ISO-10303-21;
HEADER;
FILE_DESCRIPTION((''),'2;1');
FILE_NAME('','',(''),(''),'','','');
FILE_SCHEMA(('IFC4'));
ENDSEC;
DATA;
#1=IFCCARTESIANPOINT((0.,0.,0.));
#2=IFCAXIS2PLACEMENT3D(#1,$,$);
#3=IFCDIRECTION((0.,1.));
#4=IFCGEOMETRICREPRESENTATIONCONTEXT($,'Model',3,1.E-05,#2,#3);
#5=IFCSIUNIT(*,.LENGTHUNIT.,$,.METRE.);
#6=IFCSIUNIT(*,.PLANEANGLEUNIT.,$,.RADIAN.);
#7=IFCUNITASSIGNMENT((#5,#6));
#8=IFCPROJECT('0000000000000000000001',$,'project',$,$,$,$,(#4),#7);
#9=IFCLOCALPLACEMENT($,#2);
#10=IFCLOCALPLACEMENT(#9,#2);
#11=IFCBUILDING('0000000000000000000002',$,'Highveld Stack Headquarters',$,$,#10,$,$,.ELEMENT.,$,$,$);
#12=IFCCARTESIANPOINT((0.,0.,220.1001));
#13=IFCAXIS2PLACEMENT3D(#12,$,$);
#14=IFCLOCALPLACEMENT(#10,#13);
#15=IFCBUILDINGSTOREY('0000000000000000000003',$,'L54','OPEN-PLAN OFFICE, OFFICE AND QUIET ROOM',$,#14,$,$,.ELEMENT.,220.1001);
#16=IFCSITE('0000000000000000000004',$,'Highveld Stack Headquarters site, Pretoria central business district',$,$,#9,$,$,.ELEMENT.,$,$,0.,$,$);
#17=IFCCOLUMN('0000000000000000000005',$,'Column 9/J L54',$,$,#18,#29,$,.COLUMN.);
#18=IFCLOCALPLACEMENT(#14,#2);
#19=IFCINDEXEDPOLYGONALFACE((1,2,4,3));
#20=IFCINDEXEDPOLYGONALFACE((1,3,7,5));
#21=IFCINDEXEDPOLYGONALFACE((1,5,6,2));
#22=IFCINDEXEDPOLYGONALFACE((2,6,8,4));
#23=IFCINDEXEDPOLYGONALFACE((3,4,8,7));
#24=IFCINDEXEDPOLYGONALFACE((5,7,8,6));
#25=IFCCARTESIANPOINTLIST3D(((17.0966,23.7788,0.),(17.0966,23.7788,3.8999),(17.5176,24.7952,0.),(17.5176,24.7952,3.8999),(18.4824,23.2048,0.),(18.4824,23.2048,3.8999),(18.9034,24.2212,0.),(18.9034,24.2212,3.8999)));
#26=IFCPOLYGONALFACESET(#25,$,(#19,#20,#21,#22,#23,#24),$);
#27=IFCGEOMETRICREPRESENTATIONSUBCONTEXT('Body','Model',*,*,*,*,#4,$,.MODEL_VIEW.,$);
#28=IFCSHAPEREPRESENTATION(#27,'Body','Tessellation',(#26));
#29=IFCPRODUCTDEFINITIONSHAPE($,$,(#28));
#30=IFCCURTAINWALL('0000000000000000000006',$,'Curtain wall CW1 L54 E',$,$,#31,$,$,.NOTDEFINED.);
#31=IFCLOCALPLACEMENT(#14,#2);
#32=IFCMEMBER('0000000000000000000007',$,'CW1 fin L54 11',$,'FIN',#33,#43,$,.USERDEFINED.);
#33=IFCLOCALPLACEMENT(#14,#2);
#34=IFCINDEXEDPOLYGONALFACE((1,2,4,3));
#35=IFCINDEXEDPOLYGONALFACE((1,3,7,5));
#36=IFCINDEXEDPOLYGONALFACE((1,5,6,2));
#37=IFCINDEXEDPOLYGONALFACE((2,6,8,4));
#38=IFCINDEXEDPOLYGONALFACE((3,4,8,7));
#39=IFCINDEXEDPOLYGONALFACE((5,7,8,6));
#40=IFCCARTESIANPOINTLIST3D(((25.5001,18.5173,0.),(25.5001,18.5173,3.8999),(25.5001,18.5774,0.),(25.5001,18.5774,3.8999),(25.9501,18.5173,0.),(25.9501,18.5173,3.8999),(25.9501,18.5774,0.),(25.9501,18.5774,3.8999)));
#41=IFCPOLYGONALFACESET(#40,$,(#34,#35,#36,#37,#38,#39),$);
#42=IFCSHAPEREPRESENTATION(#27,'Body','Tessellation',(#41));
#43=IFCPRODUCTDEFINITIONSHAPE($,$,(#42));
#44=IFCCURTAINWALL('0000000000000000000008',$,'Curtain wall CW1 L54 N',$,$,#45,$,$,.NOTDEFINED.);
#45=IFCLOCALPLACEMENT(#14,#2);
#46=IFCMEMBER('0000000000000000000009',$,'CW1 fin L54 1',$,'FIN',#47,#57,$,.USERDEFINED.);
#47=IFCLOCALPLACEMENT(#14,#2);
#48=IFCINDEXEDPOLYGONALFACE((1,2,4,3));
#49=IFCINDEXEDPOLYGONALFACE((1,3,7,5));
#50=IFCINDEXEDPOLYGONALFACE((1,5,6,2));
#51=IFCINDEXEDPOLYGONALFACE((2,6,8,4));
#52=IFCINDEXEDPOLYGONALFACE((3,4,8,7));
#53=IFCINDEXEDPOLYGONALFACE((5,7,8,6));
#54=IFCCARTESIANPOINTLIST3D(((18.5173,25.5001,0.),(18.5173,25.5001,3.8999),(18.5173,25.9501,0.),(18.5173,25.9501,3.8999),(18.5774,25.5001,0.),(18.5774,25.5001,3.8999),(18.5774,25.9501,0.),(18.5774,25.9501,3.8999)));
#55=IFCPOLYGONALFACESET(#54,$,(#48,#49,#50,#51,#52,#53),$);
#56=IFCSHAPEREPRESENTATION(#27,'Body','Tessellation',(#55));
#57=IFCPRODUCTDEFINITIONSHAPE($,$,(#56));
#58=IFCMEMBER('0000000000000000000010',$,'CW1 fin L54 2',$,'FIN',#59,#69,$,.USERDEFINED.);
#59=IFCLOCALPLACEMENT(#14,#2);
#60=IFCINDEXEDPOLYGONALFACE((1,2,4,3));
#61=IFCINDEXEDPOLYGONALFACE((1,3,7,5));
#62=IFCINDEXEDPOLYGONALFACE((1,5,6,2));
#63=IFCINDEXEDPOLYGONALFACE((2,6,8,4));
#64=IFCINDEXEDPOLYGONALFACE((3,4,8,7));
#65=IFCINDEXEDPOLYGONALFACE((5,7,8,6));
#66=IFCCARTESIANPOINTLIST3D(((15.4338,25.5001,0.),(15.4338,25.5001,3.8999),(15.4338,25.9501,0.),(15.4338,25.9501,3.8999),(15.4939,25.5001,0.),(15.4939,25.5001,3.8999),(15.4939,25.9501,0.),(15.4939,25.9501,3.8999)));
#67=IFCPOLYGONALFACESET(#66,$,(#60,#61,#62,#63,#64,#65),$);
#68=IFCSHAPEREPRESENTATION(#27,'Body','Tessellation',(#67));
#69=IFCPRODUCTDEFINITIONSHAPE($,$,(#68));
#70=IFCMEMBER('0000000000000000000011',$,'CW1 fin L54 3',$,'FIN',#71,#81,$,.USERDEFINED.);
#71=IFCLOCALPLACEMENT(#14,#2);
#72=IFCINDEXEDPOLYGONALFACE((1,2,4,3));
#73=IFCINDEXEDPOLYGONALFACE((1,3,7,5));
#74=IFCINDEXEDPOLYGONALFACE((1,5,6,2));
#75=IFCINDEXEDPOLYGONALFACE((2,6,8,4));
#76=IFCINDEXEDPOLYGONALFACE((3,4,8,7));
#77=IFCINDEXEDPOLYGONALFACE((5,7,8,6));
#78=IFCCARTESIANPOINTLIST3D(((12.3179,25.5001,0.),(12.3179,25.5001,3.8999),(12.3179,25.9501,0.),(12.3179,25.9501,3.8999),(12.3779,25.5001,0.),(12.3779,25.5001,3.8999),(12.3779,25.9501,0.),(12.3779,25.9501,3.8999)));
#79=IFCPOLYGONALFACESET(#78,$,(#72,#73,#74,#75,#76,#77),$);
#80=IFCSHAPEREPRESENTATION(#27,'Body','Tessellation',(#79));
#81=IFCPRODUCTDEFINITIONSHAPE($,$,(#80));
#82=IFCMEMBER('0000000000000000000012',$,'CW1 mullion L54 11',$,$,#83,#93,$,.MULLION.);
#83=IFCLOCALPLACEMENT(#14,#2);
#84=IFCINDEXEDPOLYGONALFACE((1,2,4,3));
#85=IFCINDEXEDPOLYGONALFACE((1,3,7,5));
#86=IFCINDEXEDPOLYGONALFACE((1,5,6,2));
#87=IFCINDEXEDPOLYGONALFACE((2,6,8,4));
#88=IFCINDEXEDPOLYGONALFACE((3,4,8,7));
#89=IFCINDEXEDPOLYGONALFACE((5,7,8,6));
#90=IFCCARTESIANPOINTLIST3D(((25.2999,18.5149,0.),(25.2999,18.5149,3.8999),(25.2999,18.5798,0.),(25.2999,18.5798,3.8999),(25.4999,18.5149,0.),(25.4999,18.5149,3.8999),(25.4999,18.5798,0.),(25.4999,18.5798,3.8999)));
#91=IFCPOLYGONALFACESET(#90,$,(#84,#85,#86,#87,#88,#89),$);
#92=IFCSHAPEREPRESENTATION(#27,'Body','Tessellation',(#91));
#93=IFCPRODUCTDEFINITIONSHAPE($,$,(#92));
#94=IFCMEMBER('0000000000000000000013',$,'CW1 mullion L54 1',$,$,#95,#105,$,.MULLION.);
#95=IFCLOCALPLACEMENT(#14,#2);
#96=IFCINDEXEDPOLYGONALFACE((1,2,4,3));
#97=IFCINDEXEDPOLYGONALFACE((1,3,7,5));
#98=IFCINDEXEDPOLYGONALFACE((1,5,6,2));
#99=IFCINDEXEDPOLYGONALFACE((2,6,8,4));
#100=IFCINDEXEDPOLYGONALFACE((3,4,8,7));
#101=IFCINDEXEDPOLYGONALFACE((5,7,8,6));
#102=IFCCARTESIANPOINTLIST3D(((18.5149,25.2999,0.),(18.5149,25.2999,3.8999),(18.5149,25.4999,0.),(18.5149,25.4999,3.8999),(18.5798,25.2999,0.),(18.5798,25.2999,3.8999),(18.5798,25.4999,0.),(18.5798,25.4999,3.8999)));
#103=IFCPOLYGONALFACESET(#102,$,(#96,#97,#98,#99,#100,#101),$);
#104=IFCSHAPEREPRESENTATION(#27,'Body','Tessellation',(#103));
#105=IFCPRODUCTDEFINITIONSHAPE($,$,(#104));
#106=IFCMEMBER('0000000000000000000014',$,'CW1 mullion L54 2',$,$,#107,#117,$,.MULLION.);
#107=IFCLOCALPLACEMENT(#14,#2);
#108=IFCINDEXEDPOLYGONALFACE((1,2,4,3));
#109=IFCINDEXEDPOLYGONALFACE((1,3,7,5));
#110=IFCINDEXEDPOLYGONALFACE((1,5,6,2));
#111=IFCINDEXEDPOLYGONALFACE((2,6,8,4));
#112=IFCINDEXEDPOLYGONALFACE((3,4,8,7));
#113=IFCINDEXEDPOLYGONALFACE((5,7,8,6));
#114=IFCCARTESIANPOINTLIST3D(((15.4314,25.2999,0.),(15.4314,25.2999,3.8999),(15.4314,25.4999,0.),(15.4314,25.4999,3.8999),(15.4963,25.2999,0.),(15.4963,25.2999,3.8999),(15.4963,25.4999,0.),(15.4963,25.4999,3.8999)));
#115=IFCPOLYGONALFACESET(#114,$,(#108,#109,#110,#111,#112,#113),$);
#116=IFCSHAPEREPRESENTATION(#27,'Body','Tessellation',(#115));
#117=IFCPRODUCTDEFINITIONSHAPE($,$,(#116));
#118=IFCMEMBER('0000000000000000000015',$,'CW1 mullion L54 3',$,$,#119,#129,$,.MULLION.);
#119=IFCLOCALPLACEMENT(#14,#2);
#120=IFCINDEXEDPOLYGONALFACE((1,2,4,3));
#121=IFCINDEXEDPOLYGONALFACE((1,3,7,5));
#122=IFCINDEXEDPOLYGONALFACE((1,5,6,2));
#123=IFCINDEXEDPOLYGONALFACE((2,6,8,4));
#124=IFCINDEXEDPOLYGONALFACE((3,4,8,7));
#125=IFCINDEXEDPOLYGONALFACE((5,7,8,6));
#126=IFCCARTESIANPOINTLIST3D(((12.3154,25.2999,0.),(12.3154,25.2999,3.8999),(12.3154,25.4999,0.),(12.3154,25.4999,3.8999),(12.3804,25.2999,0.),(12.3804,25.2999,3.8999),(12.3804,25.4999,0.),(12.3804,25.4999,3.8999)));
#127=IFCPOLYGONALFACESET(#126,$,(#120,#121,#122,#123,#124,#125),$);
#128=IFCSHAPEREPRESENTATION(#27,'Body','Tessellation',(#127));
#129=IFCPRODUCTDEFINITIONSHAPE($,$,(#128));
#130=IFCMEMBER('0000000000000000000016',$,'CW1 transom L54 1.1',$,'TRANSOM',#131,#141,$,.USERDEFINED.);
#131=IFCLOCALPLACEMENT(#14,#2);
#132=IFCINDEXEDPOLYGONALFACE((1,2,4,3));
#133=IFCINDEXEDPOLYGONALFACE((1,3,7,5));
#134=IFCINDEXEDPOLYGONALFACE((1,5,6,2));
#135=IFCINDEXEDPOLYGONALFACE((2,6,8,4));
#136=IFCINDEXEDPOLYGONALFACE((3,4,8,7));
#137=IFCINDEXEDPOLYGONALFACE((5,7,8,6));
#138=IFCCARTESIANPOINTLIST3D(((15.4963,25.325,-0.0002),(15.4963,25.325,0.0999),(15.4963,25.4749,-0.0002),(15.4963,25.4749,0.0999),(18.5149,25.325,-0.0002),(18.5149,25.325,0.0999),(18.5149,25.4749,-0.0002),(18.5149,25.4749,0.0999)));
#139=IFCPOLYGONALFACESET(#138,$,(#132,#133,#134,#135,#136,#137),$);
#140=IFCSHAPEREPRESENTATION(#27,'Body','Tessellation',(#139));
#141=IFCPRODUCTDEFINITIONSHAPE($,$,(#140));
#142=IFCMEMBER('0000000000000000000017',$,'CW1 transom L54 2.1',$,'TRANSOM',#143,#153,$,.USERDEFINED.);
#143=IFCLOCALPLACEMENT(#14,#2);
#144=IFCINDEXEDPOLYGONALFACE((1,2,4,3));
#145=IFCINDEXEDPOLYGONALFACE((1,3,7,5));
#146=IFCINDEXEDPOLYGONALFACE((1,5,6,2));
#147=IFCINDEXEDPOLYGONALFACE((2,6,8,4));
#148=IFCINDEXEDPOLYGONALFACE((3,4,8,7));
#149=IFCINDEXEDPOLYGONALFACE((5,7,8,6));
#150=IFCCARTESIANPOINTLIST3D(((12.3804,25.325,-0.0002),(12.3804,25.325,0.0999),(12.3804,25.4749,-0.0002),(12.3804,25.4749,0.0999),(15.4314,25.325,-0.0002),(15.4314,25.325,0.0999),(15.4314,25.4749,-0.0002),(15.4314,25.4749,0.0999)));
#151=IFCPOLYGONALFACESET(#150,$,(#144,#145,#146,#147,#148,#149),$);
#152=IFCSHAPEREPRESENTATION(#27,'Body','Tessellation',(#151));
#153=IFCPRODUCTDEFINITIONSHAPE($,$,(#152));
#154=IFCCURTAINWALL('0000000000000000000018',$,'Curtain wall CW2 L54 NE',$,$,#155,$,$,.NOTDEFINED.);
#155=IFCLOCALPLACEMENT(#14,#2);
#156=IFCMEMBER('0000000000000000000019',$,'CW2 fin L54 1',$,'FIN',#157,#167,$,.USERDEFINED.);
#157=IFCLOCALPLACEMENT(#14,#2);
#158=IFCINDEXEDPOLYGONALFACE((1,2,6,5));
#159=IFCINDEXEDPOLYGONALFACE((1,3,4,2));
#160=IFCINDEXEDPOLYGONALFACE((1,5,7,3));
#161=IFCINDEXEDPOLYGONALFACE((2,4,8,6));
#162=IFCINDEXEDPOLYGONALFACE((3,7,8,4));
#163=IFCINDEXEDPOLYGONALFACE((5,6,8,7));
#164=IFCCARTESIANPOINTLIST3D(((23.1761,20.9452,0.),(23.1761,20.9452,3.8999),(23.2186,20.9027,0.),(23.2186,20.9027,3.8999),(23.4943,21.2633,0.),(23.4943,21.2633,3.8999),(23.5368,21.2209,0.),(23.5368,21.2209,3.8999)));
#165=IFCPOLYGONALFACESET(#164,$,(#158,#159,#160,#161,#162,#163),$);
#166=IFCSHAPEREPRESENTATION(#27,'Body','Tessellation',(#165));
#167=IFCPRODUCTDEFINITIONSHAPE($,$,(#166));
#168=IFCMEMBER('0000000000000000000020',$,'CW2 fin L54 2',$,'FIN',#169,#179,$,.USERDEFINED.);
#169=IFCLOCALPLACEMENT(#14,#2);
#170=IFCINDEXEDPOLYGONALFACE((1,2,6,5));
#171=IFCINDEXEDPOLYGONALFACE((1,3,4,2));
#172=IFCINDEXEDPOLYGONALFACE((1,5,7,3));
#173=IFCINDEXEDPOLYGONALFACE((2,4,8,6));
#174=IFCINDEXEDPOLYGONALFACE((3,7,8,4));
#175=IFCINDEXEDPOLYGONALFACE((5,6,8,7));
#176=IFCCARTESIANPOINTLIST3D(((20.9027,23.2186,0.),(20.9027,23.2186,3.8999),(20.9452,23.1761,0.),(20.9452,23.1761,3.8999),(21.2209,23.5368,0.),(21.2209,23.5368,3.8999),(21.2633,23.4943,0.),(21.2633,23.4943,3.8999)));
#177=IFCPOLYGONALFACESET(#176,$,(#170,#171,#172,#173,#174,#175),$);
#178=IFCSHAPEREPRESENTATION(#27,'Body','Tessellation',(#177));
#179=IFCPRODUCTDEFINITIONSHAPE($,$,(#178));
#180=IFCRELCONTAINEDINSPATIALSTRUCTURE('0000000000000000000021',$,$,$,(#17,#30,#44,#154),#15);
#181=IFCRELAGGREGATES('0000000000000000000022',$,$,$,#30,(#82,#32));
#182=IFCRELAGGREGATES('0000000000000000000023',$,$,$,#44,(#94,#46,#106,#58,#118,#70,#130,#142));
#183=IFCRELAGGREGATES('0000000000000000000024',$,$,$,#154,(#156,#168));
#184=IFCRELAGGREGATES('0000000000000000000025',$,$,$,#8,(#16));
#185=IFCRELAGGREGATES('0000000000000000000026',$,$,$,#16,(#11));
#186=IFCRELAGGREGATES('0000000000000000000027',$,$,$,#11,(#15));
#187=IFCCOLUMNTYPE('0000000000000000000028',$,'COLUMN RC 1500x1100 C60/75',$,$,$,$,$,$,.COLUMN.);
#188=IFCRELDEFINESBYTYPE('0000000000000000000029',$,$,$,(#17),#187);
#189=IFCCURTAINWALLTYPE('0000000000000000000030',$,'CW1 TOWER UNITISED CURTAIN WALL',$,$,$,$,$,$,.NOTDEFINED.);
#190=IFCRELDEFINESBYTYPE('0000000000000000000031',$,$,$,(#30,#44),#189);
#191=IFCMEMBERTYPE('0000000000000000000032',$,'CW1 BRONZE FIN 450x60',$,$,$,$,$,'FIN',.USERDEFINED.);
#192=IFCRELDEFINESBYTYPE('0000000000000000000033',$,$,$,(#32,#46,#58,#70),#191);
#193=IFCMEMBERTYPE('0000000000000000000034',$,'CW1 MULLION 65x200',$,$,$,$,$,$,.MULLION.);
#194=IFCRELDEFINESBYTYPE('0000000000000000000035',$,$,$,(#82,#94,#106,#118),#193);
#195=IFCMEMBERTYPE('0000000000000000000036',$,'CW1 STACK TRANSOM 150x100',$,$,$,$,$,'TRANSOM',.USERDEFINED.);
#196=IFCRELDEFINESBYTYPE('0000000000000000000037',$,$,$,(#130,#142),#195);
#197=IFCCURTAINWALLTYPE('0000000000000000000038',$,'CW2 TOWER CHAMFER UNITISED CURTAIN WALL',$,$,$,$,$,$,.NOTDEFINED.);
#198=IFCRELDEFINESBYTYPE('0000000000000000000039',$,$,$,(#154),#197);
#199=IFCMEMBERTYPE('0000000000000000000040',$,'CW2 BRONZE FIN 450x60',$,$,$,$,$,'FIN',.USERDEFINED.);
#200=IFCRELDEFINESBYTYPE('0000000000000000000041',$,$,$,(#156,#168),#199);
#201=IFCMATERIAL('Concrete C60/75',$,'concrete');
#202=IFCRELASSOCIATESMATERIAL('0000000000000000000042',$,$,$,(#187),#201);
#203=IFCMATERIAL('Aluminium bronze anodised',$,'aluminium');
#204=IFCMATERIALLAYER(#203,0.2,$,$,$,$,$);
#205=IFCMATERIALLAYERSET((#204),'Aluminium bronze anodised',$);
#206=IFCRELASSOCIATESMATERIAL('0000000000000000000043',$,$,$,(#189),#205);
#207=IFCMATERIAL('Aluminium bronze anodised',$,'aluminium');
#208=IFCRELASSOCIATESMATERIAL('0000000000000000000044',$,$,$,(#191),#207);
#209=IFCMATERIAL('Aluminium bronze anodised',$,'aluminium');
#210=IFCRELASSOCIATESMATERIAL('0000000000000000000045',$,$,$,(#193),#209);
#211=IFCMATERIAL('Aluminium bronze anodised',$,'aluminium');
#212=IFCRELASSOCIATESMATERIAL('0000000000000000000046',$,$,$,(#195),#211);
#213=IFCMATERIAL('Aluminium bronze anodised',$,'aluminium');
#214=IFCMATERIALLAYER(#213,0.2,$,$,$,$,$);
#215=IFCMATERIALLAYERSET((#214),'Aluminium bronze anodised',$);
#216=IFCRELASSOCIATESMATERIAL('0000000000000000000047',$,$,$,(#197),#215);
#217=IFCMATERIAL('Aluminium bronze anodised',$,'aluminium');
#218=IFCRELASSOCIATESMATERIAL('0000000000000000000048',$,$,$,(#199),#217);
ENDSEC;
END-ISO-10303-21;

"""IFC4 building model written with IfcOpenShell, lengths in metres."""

from ifc_helpers import new_model, si_unit, direction, frame, origin, origin_2d, place, context, subcontext, project, spatial, rectangle, extrude, material, layer, layer_set, material_profile, profile_set, type_object, element, aggregate, save


model = new_model("IFC4")

# Units and contexts
model_context = context("Model", 3, precision=1e-05, world=origin(), true_north=direction((0.0, 1.0)))
body_context = subcontext(model_context, "Body", "Model", "MODEL_VIEW")
ifc_project = project(units=[si_unit("LENGTHUNIT", "METRE"), si_unit("PLANEANGLEUNIT", "RADIAN")], contexts=[model_context])

# Site, building, storey
site_placement = place(None, origin())
site = spatial("IfcSite", under=ifc_project, at=site_placement, Name="Highveld Stack Headquarters site, Pretoria central business district", CompositionType="ELEMENT", RefElevation=0.0)
building_placement = place(site_placement, origin())
building = spatial("IfcBuilding", under=site, at=building_placement, Name="Highveld Stack Headquarters", CompositionType="ELEMENT")
storey_placement = place(building_placement, frame((0.0, 0.0, 220.1001)))
storey = spatial("IfcBuildingStorey", under=building, at=storey_placement, Name="L54", Description="OPEN-PLAN OFFICE, OFFICE AND QUIET ROOM", CompositionType="ELEMENT", Elevation=220.1001)

# Column
ifc_material_1 = material(Name="Concrete C60/75", Category="concrete")
ifc_material_profile_1 = material_profile(ifc_material_1, rectangle(XDim=1.5, YDim=1.1001, at=origin_2d()), Name="RC 1500x1100")
ifc_profile_set_1 = profile_set([ifc_material_profile_1], Name="Concrete C60/75")
column_type = type_object("IfcColumnType", Name="COLUMN RC 1500x1100 C60/75", PredefinedType="COLUMN", material=ifc_profile_set_1)
column_placement = place(storey_placement, frame((18.0, 24.0, 0.0), z_axis=(0.0, 0.0, 1.0), x_axis=(0.92388, -0.382683, 0.0)))
element("IfcColumn", 1, at=column_placement, inside=storey, type_object=column_type, Name="Column 9/J L54", PredefinedType="COLUMN", context=body_context, shape_type="SweptSolid", body=[
    extrude(rectangle(XDim=1.5, YDim=1.1001, at=origin_2d()), origin(), (0.0, 0.0, 1.0), 3.8999),
])

# Curtain wall, member
ifc_material_2 = material(Name="Aluminium bronze anodised", Category="aluminium")
ifc_layer_1 = layer(ifc_material_2, 0.2)
ifc_layer_set_1 = layer_set([ifc_layer_1], Name="Aluminium bronze anodised")
curtain_wall_type_1 = type_object("IfcCurtainWallType", Name="CW1 TOWER UNITISED CURTAIN WALL", PredefinedType="NOTDEFINED", material=ifc_layer_set_1)
curtain_wall_1_placement = place(storey_placement, origin())
curtain_wall_1 = element("IfcCurtainWall", 2, at=curtain_wall_1_placement, inside=storey, type_object=curtain_wall_type_1, Name="Curtain wall CW1 L54 E", PredefinedType="NOTDEFINED")
ifc_material_3 = material(Name="Aluminium bronze anodised", Category="aluminium")
ifc_material_profile_2 = material_profile(ifc_material_3, rectangle(XDim=0.45, YDim=0.0601, at=origin_2d()), Name="FIN 450x60")
ifc_profile_set_2 = profile_set([ifc_material_profile_2], Name="Aluminium bronze anodised")
member_type_1 = type_object("IfcMemberType", Name="CW1 BRONZE FIN 450x60", ElementType="FIN", PredefinedType="USERDEFINED", material=ifc_profile_set_2)
member_1_placement = place(storey_placement, frame((25.7251, 18.5474, 0.0), z_axis=(0.0, 0.0, 1.0), x_axis=(-1.0, 0.0, 0.0)))
member_1 = element("IfcMember", 3, at=member_1_placement, type_object=member_type_1, Name="CW1 fin L54 11", ObjectType="FIN", PredefinedType="USERDEFINED", context=body_context, shape_type="SweptSolid", body=[
    extrude(rectangle(XDim=0.45, YDim=0.0601, at=origin_2d()), origin(), (0.0, 0.0, 1.0), 3.8999),
])

# Curtain wall, members
curtain_wall_2_placement = place(storey_placement, origin())
curtain_wall_2 = element("IfcCurtainWall", 4, at=curtain_wall_2_placement, inside=storey, type_object=curtain_wall_type_1, Name="Curtain wall CW1 L54 N", PredefinedType="NOTDEFINED")
member_2_placement = place(storey_placement, frame((18.5474, 25.7251, 0.0), z_axis=(0.0, 0.0, 1.0), x_axis=(0.0, -1.0, 0.0)))
member_2 = element("IfcMember", 5, at=member_2_placement, type_object=member_type_1, Name="CW1 fin L54 1", ObjectType="FIN", PredefinedType="USERDEFINED", context=body_context, shape_type="SweptSolid", body=[
    extrude(rectangle(XDim=0.45, YDim=0.0601, at=origin_2d()), origin(), (0.0, 0.0, 1.0), 3.8999),
])
member_3_placement = place(storey_placement, frame((15.4639, 25.7251, 0.0), z_axis=(0.0, 0.0, 1.0), x_axis=(0.0, -1.0, 0.0)))
member_3 = element("IfcMember", 6, at=member_3_placement, type_object=member_type_1, Name="CW1 fin L54 2", ObjectType="FIN", PredefinedType="USERDEFINED", context=body_context, shape_type="SweptSolid", body=[
    extrude(rectangle(XDim=0.45, YDim=0.0601, at=origin_2d()), origin(), (0.0, 0.0, 1.0), 3.8999),
])
member_4_placement = place(storey_placement, frame((12.3479, 25.7251, 0.0), z_axis=(0.0, 0.0, 1.0), x_axis=(0.0, -1.0, 0.0)))
member_4 = element("IfcMember", 7, at=member_4_placement, type_object=member_type_1, Name="CW1 fin L54 3", ObjectType="FIN", PredefinedType="USERDEFINED", context=body_context, shape_type="SweptSolid", body=[
    extrude(rectangle(XDim=0.45, YDim=0.0601, at=origin_2d()), origin(), (0.0, 0.0, 1.0), 3.8999),
])

# Members
ifc_material_4 = material(Name="Aluminium bronze anodised", Category="aluminium")
ifc_material_profile_3 = material_profile(ifc_material_4, rectangle(XDim=0.2, YDim=0.0649, at=origin_2d()), Name="CW1 MULLION 65x200")
ifc_profile_set_3 = profile_set([ifc_material_profile_3], Name="Aluminium bronze anodised")
member_type_2 = type_object("IfcMemberType", Name="CW1 MULLION 65x200", PredefinedType="MULLION", material=ifc_profile_set_3)
member_5_placement = place(storey_placement, frame((25.3999, 18.5474, 0.0), z_axis=(0.0, 0.0, 1.0), x_axis=(-1.0, 0.0, 0.0)))
member_5 = element("IfcMember", 8, at=member_5_placement, type_object=member_type_2, Name="CW1 mullion L54 11", PredefinedType="MULLION", context=body_context, shape_type="SweptSolid", body=[
    extrude(rectangle(XDim=0.2, YDim=0.0649, at=origin_2d()), origin(), (0.0, 0.0, 1.0), 3.8999),
])
aggregate(curtain_wall_1, [member_5, member_1])
member_6_placement = place(storey_placement, frame((18.5474, 25.3999, 0.0), z_axis=(0.0, 0.0, 1.0), x_axis=(0.0, -1.0, 0.0)))
member_6 = element("IfcMember", 9, at=member_6_placement, type_object=member_type_2, Name="CW1 mullion L54 1", PredefinedType="MULLION", context=body_context, shape_type="SweptSolid", body=[
    extrude(rectangle(XDim=0.2, YDim=0.0649, at=origin_2d()), origin(), (0.0, 0.0, 1.0), 3.8999),
])
member_7_placement = place(storey_placement, frame((15.4639, 25.3999, 0.0), z_axis=(0.0, 0.0, 1.0), x_axis=(0.0, -1.0, 0.0)))
member_7 = element("IfcMember", 10, at=member_7_placement, type_object=member_type_2, Name="CW1 mullion L54 2", PredefinedType="MULLION", context=body_context, shape_type="SweptSolid", body=[
    extrude(rectangle(XDim=0.2, YDim=0.0649, at=origin_2d()), origin(), (0.0, 0.0, 1.0), 3.8999),
])
member_8_placement = place(storey_placement, frame((12.3479, 25.3999, 0.0), z_axis=(0.0, 0.0, 1.0), x_axis=(0.0, -1.0, 0.0)))
member_8 = element("IfcMember", 11, at=member_8_placement, type_object=member_type_2, Name="CW1 mullion L54 3", PredefinedType="MULLION", context=body_context, shape_type="SweptSolid", body=[
    extrude(rectangle(XDim=0.2, YDim=0.0649, at=origin_2d()), origin(), (0.0, 0.0, 1.0), 3.8999),
])
ifc_material_5 = material(Name="Aluminium bronze anodised", Category="aluminium")
ifc_material_profile_4 = material_profile(ifc_material_5, rectangle(XDim=0.1499, YDim=0.1001, at=origin_2d()), Name="CW1 TRANSOM 150x100")
ifc_profile_set_4 = profile_set([ifc_material_profile_4], Name="Aluminium bronze anodised")
member_type_3 = type_object("IfcMemberType", Name="CW1 STACK TRANSOM 150x100", ElementType="TRANSOM", PredefinedType="USERDEFINED", material=ifc_profile_set_4)
member_9_placement = place(storey_placement, frame((18.5149, 25.3999, 0.0498), z_axis=(-1.0, 0.0, 0.0), x_axis=(0.0, -1.0, 0.0)))
member_9 = element("IfcMember", 12, at=member_9_placement, type_object=member_type_3, Name="CW1 transom L54 1.1", ObjectType="TRANSOM", PredefinedType="USERDEFINED", context=body_context, shape_type="SweptSolid", body=[
    extrude(rectangle(XDim=0.1499, YDim=0.1001, at=origin_2d()), origin(), (0.0, 0.0, 1.0), 3.0186),
])
member_10_placement = place(storey_placement, frame((15.4314, 25.3999, 0.0498), z_axis=(-1.0, 0.0, 0.0), x_axis=(0.0, -1.0, 0.0)))
member_10 = element("IfcMember", 13, at=member_10_placement, type_object=member_type_3, Name="CW1 transom L54 2.1", ObjectType="TRANSOM", PredefinedType="USERDEFINED", context=body_context, shape_type="SweptSolid", body=[
    extrude(rectangle(XDim=0.1499, YDim=0.1001, at=origin_2d()), origin(), (0.0, 0.0, 1.0), 3.051),
])

# Curtain wall, members
ifc_material_6 = material(Name="Aluminium bronze anodised", Category="aluminium")
ifc_layer_2 = layer(ifc_material_6, 0.2)
ifc_layer_set_2 = layer_set([ifc_layer_2], Name="Aluminium bronze anodised")
curtain_wall_type_2 = type_object("IfcCurtainWallType", Name="CW2 TOWER CHAMFER UNITISED CURTAIN WALL", PredefinedType="NOTDEFINED", material=ifc_layer_set_2)
curtain_wall_3_placement = place(storey_placement, origin())
curtain_wall_3 = element("IfcCurtainWall", 14, at=curtain_wall_3_placement, inside=storey, type_object=curtain_wall_type_2, Name="Curtain wall CW2 L54 NE", PredefinedType="NOTDEFINED")
ifc_material_7 = material(Name="Aluminium bronze anodised", Category="aluminium")
ifc_material_profile_5 = material_profile(ifc_material_7, rectangle(XDim=0.45, YDim=0.0601, at=origin_2d()), Name="FIN 450x60")
ifc_profile_set_5 = profile_set([ifc_material_profile_5], Name="Aluminium bronze anodised")
member_type_4 = type_object("IfcMemberType", Name="CW2 BRONZE FIN 450x60", ElementType="FIN", PredefinedType="USERDEFINED", material=ifc_profile_set_5)
member_11_placement = place(storey_placement, frame((23.3564, 21.083, 0.0), z_axis=(0.0, 0.0, 1.0), x_axis=(-0.707107, -0.707107, 0.0)))
member_11 = element("IfcMember", 15, at=member_11_placement, type_object=member_type_4, Name="CW2 fin L54 1", ObjectType="FIN", PredefinedType="USERDEFINED", context=body_context, shape_type="SweptSolid", body=[
    extrude(rectangle(XDim=0.45, YDim=0.0601, at=origin_2d()), origin(), (0.0, 0.0, 1.0), 3.8999),
])
member_12_placement = place(storey_placement, frame((21.083, 23.3564, 0.0), z_axis=(0.0, 0.0, 1.0), x_axis=(-0.707107, -0.707107, 0.0)))
member_12 = element("IfcMember", 16, at=member_12_placement, type_object=member_type_4, Name="CW2 fin L54 2", ObjectType="FIN", PredefinedType="USERDEFINED", context=body_context, shape_type="SweptSolid", body=[
    extrude(rectangle(XDim=0.45, YDim=0.0601, at=origin_2d()), origin(), (0.0, 0.0, 1.0), 3.8999),
])

aggregate(curtain_wall_2, [member_6, member_2, member_7, member_3, member_8, member_4, member_9, member_10])
aggregate(curtain_wall_3, [member_11, member_12])

save(model, "model.ifc")
